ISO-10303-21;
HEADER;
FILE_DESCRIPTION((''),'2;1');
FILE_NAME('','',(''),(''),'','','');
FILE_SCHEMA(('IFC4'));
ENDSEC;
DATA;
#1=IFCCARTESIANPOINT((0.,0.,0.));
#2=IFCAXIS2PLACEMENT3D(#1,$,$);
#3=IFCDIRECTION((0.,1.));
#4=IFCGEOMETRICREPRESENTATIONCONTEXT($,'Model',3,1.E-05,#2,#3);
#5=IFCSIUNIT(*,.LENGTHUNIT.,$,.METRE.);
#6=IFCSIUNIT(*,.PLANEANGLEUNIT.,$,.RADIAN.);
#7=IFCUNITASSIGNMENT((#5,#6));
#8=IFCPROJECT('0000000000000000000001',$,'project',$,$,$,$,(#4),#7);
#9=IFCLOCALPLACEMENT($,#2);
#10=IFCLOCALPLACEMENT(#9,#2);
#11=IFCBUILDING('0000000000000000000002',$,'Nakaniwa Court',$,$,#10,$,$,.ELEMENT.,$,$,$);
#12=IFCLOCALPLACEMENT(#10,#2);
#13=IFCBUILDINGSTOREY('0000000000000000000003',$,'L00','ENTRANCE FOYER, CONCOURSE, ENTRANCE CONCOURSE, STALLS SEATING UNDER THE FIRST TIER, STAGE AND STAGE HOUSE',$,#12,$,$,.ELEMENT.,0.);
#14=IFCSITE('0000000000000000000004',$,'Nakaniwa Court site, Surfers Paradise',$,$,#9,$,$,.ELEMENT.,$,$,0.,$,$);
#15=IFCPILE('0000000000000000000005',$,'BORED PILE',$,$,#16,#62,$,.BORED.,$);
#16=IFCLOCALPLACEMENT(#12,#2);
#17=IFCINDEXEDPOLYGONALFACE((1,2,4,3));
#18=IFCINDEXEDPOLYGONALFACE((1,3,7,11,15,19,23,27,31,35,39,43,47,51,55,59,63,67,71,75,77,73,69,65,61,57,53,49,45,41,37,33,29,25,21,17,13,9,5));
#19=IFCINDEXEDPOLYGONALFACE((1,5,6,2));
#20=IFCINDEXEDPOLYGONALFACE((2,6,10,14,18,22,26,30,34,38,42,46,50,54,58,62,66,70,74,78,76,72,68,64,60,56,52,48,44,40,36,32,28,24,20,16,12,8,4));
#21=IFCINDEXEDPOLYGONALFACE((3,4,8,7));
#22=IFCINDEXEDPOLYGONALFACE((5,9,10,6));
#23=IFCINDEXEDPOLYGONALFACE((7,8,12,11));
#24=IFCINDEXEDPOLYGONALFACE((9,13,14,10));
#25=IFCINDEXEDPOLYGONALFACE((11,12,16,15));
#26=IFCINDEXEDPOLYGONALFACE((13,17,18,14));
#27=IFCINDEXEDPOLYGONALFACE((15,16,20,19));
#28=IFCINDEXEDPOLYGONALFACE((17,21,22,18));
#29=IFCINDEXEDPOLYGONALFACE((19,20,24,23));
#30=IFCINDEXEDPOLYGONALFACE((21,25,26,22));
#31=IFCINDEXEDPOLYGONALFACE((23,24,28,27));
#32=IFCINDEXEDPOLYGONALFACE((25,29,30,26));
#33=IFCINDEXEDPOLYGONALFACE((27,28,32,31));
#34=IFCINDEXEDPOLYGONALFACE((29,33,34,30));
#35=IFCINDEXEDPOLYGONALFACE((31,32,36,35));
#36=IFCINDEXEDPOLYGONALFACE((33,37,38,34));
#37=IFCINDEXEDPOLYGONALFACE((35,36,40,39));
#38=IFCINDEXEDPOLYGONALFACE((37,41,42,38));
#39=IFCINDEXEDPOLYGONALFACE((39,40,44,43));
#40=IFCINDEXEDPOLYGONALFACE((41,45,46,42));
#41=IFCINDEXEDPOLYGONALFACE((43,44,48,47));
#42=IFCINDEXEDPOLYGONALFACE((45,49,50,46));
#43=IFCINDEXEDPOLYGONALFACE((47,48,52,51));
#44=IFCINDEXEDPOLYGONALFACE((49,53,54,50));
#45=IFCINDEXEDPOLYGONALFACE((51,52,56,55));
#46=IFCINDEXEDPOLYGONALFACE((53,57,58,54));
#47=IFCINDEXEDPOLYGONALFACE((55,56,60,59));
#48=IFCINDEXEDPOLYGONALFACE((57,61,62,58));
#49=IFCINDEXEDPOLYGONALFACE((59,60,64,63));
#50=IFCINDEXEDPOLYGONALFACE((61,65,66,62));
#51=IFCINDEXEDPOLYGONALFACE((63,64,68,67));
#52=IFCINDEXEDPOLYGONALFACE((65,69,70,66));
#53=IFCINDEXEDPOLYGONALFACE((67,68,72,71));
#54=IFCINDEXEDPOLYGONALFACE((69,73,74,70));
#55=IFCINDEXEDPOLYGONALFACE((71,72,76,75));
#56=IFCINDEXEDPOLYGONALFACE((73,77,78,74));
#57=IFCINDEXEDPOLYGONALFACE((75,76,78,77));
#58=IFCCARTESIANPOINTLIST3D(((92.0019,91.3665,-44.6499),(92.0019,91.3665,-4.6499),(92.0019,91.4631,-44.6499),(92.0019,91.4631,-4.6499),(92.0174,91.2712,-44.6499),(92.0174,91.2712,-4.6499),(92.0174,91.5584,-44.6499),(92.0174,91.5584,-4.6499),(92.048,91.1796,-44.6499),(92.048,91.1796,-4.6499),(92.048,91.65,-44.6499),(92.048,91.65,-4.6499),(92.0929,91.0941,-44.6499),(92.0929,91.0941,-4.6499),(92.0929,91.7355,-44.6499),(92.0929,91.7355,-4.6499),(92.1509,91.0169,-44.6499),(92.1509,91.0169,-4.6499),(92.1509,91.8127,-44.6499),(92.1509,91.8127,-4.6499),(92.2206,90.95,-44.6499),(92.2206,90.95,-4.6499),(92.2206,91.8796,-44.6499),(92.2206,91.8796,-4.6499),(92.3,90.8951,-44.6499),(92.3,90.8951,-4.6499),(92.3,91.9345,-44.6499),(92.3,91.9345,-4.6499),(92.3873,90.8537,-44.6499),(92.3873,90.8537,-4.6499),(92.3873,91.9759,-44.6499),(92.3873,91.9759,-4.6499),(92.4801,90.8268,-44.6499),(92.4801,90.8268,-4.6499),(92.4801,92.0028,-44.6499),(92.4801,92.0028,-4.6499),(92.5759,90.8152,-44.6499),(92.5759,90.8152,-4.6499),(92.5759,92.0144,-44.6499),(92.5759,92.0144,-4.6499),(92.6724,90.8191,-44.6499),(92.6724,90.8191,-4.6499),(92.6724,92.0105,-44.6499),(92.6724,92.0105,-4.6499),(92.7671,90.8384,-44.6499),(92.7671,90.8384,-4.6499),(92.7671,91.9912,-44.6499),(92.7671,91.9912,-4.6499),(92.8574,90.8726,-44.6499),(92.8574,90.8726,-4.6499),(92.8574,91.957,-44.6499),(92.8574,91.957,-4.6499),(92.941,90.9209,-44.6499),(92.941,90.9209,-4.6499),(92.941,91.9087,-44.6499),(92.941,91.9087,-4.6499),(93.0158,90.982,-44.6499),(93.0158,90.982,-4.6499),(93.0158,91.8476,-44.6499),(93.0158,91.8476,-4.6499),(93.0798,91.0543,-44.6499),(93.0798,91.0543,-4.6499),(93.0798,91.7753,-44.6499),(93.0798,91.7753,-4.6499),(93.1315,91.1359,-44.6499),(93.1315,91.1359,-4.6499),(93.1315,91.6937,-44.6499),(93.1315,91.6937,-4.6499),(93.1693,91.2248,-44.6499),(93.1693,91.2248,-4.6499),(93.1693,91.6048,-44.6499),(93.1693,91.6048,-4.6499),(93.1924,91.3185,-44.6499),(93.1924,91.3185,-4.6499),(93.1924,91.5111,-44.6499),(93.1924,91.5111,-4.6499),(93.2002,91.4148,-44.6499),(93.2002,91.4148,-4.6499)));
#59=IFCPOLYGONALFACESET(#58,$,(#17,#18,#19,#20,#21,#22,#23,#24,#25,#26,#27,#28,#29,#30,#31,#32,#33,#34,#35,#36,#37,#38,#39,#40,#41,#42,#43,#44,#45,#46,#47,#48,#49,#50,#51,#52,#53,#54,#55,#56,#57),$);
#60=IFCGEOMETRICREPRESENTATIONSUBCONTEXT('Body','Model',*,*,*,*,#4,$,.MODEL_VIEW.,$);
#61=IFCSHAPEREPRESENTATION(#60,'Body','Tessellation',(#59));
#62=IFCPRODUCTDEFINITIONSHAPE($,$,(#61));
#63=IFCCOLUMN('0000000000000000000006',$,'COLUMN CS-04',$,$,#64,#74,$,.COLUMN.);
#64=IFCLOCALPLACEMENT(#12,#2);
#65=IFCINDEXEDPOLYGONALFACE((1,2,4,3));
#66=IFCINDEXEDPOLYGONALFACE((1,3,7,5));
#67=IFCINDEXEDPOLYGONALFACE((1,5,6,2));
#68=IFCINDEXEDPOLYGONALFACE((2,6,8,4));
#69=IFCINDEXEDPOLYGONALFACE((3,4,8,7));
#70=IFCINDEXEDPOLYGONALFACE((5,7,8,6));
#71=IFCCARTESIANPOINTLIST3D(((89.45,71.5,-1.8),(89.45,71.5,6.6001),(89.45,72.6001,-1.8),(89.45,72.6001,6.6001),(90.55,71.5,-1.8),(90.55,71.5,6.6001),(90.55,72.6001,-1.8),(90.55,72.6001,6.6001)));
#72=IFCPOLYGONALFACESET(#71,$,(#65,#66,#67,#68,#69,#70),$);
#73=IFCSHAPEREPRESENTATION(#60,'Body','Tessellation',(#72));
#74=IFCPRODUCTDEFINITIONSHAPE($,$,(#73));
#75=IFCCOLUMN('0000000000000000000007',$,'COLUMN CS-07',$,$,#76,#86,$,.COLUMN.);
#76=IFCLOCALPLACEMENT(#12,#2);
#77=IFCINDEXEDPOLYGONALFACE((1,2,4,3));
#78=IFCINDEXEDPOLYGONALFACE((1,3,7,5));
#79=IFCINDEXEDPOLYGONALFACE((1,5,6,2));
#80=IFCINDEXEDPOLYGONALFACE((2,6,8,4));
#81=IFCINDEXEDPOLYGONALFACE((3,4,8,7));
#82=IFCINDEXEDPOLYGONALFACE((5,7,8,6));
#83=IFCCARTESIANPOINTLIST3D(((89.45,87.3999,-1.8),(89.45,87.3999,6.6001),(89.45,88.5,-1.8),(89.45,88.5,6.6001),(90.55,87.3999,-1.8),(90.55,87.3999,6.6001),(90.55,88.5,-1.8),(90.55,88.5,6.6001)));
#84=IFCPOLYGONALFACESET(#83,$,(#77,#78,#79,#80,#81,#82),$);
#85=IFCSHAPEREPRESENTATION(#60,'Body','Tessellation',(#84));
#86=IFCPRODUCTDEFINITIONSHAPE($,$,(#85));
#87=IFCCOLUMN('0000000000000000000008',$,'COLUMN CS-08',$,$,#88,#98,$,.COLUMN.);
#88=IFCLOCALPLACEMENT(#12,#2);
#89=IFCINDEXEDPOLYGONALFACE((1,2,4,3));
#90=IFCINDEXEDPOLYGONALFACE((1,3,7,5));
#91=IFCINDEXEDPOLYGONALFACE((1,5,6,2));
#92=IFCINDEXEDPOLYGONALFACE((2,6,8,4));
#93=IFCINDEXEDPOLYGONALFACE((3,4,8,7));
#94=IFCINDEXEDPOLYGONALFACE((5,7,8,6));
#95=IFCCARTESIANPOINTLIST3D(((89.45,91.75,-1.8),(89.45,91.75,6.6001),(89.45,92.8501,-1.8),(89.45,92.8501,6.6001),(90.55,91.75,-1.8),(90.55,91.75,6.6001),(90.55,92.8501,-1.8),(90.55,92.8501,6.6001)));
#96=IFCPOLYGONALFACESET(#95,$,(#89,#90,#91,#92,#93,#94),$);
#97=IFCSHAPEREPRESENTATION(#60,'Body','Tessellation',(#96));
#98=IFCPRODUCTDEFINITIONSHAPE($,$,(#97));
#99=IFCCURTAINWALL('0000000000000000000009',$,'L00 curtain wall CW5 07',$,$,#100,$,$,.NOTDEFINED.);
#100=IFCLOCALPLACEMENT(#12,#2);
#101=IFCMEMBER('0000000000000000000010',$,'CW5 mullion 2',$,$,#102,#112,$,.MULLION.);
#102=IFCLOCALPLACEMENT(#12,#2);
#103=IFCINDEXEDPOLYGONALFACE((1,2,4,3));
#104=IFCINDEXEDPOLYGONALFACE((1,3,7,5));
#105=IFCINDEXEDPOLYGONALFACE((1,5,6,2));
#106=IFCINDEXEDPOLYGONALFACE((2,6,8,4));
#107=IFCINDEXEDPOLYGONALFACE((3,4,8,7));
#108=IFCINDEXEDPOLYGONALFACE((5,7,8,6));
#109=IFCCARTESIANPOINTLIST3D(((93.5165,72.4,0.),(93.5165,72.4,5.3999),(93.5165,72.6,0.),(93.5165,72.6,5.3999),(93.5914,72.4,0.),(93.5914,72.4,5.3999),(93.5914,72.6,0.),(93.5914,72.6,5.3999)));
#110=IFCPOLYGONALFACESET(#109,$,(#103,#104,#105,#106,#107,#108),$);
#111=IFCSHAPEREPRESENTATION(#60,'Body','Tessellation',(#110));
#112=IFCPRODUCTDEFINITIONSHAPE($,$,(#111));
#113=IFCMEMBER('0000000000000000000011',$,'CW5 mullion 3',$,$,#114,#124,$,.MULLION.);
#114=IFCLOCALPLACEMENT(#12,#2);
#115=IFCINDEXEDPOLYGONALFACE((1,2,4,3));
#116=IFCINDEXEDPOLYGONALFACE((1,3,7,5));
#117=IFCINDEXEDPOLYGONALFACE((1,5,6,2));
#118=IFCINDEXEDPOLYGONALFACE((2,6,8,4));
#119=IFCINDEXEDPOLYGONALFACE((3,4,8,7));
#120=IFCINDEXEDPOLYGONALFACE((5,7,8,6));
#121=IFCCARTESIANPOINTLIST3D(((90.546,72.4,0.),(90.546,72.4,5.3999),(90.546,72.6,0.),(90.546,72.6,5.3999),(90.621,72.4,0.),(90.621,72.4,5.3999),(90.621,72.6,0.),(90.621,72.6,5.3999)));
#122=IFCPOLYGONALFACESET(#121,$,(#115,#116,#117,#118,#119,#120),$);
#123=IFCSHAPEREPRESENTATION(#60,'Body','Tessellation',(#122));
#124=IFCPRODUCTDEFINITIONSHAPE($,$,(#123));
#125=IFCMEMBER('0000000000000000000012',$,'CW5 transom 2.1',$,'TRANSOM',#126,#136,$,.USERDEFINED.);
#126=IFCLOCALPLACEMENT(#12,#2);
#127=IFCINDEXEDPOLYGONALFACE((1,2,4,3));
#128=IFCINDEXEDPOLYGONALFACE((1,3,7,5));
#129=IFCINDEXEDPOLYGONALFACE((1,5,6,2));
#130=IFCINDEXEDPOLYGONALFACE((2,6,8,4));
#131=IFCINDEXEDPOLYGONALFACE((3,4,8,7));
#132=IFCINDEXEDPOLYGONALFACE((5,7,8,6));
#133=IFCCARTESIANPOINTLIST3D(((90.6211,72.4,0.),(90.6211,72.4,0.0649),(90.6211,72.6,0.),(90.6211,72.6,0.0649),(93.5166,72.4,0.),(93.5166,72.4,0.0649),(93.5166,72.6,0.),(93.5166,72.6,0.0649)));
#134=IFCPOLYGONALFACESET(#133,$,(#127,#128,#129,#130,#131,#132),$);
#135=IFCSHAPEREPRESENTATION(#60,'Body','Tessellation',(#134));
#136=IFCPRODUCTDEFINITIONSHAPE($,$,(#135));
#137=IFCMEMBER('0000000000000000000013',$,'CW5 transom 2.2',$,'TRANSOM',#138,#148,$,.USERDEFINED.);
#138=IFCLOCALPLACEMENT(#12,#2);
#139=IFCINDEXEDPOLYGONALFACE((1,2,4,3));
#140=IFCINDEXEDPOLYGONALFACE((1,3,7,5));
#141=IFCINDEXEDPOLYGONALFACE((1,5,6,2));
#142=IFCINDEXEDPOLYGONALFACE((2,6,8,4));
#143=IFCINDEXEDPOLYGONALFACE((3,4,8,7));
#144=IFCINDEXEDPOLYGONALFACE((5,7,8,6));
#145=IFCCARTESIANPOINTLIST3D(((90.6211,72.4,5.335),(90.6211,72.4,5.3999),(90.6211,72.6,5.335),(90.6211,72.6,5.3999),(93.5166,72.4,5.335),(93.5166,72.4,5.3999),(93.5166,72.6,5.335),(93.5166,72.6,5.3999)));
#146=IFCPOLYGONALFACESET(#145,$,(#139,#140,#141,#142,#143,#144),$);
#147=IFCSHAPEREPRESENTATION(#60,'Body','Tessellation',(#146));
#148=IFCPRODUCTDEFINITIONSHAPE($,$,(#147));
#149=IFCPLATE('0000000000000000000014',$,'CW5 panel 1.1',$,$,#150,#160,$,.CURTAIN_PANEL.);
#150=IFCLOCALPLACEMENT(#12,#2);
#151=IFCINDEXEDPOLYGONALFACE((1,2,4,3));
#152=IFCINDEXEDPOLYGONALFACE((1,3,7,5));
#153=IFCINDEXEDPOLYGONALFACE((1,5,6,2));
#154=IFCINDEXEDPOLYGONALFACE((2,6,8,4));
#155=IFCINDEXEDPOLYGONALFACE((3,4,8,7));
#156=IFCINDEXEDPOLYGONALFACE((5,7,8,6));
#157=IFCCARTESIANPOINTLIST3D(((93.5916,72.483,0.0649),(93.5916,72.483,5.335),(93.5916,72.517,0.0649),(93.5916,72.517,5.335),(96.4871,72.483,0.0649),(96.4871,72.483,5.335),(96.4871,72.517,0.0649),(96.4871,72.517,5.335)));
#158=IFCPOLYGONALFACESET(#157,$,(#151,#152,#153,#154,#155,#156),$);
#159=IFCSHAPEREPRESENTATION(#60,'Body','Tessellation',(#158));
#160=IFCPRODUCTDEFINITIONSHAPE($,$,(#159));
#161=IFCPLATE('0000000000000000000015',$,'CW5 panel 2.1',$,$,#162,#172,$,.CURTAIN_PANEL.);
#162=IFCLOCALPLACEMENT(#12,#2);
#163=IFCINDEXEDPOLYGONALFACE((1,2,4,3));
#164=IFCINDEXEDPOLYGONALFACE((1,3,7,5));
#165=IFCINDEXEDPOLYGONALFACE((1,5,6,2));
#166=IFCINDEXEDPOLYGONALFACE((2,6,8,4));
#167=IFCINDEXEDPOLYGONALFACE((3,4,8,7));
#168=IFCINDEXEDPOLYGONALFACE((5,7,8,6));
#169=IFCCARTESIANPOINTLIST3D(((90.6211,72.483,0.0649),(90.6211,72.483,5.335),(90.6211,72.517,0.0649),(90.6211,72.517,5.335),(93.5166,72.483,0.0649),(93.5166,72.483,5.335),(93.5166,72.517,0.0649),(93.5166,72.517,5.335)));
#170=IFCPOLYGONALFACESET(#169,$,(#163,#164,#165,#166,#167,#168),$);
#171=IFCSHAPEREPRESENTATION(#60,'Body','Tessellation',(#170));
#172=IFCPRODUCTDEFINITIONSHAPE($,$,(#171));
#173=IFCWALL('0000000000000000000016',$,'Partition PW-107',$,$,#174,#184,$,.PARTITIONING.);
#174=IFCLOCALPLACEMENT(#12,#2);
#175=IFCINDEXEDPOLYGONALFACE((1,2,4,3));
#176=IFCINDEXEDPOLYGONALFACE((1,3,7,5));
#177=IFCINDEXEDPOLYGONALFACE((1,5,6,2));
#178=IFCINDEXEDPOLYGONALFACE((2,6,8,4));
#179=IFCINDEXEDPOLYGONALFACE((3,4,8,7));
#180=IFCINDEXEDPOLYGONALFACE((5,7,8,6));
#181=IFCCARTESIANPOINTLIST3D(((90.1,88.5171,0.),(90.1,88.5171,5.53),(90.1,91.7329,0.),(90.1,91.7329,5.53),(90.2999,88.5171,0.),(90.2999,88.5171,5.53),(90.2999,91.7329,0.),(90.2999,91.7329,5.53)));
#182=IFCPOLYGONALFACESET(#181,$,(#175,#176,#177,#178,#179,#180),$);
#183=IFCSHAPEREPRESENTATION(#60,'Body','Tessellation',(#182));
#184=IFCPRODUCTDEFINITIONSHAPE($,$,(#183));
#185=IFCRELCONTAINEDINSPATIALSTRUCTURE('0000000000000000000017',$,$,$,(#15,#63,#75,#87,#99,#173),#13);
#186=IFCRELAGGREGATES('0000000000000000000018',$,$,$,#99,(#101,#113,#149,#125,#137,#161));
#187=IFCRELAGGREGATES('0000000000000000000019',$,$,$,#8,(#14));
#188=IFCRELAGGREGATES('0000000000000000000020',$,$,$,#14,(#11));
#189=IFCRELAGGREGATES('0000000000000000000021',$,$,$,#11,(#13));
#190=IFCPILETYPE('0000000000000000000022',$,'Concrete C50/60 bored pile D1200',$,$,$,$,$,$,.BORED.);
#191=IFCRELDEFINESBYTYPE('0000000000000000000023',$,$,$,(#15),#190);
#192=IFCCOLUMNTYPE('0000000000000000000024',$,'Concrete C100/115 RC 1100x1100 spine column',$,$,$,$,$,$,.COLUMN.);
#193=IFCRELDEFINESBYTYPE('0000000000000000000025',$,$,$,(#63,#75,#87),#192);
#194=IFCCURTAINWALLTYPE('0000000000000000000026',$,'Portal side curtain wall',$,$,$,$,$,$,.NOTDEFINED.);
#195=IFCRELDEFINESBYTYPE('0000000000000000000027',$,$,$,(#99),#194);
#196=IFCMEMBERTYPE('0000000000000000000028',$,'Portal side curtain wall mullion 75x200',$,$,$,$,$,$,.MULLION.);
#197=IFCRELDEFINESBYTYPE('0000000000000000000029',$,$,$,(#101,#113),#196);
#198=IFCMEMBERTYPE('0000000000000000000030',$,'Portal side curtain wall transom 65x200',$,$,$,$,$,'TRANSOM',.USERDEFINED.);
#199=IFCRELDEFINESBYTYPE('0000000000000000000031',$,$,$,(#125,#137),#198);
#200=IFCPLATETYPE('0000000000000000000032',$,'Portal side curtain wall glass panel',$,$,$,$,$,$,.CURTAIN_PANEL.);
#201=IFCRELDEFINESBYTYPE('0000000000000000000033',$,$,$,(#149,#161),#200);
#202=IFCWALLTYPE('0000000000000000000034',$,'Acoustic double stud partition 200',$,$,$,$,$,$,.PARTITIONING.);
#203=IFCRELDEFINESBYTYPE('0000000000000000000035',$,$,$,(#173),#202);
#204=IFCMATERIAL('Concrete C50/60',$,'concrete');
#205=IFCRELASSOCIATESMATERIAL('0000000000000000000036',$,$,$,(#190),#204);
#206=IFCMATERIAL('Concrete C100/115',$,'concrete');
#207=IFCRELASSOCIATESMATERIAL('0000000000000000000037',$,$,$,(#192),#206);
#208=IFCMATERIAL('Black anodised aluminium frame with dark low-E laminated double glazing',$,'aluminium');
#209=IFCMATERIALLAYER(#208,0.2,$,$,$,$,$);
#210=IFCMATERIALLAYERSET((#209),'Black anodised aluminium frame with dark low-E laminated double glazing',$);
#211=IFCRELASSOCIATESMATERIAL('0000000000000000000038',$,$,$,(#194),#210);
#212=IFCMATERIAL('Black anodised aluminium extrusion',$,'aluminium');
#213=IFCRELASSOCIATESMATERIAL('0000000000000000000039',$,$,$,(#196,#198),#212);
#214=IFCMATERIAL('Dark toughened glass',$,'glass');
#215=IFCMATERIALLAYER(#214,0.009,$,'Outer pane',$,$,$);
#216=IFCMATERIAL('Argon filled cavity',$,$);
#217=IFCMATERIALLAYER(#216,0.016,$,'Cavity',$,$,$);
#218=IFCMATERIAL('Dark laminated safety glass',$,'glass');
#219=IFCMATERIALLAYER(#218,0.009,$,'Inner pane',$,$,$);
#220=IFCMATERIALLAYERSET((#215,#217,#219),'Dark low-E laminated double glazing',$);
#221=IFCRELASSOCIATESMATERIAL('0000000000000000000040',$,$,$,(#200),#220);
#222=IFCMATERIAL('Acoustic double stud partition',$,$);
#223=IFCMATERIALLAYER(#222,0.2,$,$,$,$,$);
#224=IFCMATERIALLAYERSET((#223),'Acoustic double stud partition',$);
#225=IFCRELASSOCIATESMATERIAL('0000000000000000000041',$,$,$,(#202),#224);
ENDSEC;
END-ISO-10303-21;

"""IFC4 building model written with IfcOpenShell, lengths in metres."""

from ifc_helpers import new_model, si_unit, direction, frame, frame_2d, origin, origin_2d, place, context, subcontext, project, spatial, rectangle, circle, extrude, material, layer, layer_set, material_profile, profile_set, type_object, element, aggregate, save


model = new_model("IFC4")

# Units and contexts
model_context = context("Model", 3, precision=1e-05, world=origin(), true_north=direction((0.0, 1.0)))
body_context = subcontext(model_context, "Body", "Model", "MODEL_VIEW")
ifc_project = project(units=[si_unit("LENGTHUNIT", "METRE"), si_unit("PLANEANGLEUNIT", "RADIAN")], contexts=[model_context])

# Site, building, storey
site_placement = place(None, origin())
site = spatial("IfcSite", under=ifc_project, at=site_placement, Name="Nakaniwa Court site, Surfers Paradise", CompositionType="ELEMENT", RefElevation=0.0)
building_placement = place(site_placement, origin())
building = spatial("IfcBuilding", under=site, at=building_placement, Name="Nakaniwa Court", CompositionType="ELEMENT")
storey_placement = place(building_placement, origin())
storey = spatial("IfcBuildingStorey", under=building, at=storey_placement, Name="L00", Description="ENTRANCE FOYER, CONCOURSE, ENTRANCE CONCOURSE, STALLS SEATING UNDER THE FIRST TIER, STAGE AND STAGE HOUSE", CompositionType="ELEMENT", Elevation=0.0)

# Pile
ifc_material_1 = material(Name="Concrete C50/60", Category="concrete")
ifc_material_profile_1 = material_profile(ifc_material_1, circle(Radius=0.6001, at=origin_2d()), Name="Concrete C50/60 bored pile D1200")
ifc_profile_set_1 = profile_set([ifc_material_profile_1], Name="Concrete C50/60")
pile_type = type_object("IfcPileType", Name="Concrete C50/60 bored pile D1200", PredefinedType="BORED", material=ifc_profile_set_1)
for number, where, z_axis, x_axis, name in (
    (1, (92.6001, 91.4148, -4.6499), (0.0, 0.0, -1.0), (1.0, 0.0, 0.0), "BORED PILE"),
):
    element("IfcPile", number, at=place(storey_placement, frame(where, z_axis=z_axis, x_axis=x_axis)), inside=storey, type_object=pile_type, Name=name, PredefinedType="BORED", context=body_context, shape_type="SweptSolid", body=[
        extrude(circle(Radius=0.6001, at=origin_2d()), origin(), (0.0, 0.0, 1.0), 40.0),
    ])

# Columns
ifc_material_2 = material(Name="Concrete C100/115", Category="concrete")
ifc_material_profile_2 = material_profile(ifc_material_2, rectangle(XDim=1.1001, YDim=1.1001, at=origin_2d()), Name="Concrete C100/115 RC 1100x1100 spine column")
ifc_profile_set_2 = profile_set([ifc_material_profile_2], Name="Concrete C100/115")
column_type = type_object("IfcColumnType", Name="Concrete C100/115 RC 1100x1100 spine column", PredefinedType="COLUMN", material=ifc_profile_set_2)
for number, where, z_axis, x_axis, name in (
    (2, (90.0, 72.05, -1.8), (0.0, 0.0, 1.0), (0.0, 1.0, 0.0), "COLUMN CS-04"),
    (3, (90.0, 87.95, -1.8), (0.0, 0.0, 1.0), (0.0, 1.0, 0.0), "COLUMN CS-07"),
    (4, (90.0, 92.3, -1.8), (0.0, 0.0, 1.0), (0.0, 1.0, 0.0), "COLUMN CS-08"),
):
    element("IfcColumn", number, at=place(storey_placement, frame(where, z_axis=z_axis, x_axis=x_axis)), inside=storey, type_object=column_type, Name=name, PredefinedType="COLUMN", context=body_context, shape_type="SweptSolid", body=[
        extrude(rectangle(XDim=1.1001, YDim=1.1001, at=origin_2d()), origin(), (0.0, 0.0, 1.0), 8.4001),
    ])

# Curtain wall, members, plates
ifc_material_3 = material(Name="Black anodised aluminium frame with dark low-E laminated double glazing", Category="aluminium")
ifc_layer_1 = layer(ifc_material_3, 0.2)
ifc_layer_set_1 = layer_set([ifc_layer_1], Name="Black anodised aluminium frame with dark low-E laminated double glazing")
curtain_wall_type = type_object("IfcCurtainWallType", Name="Portal side curtain wall", PredefinedType="NOTDEFINED", material=ifc_layer_set_1)
curtain_wall_placement = place(storey_placement, origin())
curtain_wall = element("IfcCurtainWall", 5, at=curtain_wall_placement, inside=storey, type_object=curtain_wall_type, Name="L00 curtain wall CW5 07", PredefinedType="NOTDEFINED")
ifc_material_4 = material(Name="Black anodised aluminium extrusion", Category="aluminium")
ifc_material_profile_3 = material_profile(ifc_material_4, rectangle(XDim=0.2, YDim=0.075, at=origin_2d()), Name="Portal side curtain wall mullion 75x200")
ifc_profile_set_3 = profile_set([ifc_material_profile_3], Name="Black anodised aluminium extrusion")
member_type_1 = type_object("IfcMemberType", Name="Portal side curtain wall mullion 75x200", PredefinedType="MULLION", material=ifc_profile_set_3)
member_1_placement = place(storey_placement, frame((93.554, 72.5, 0.0), z_axis=(0.0, 0.0, 1.0), x_axis=(0.0, -1.0, 0.0)))
member_1 = element("IfcMember", 6, at=member_1_placement, type_object=member_type_1, Name="CW5 mullion 2", PredefinedType="MULLION", context=body_context, shape_type="SweptSolid", body=[
    extrude(rectangle(XDim=0.2, YDim=0.075, at=origin_2d()), origin(), (0.0, 0.0, 1.0), 5.3999),
])
member_2_placement = place(storey_placement, frame((90.5835, 72.5, 0.0), z_axis=(0.0, 0.0, 1.0), x_axis=(0.0, -1.0, 0.0)))
member_2 = element("IfcMember", 7, at=member_2_placement, type_object=member_type_1, Name="CW5 mullion 3", PredefinedType="MULLION", context=body_context, shape_type="SweptSolid", body=[
    extrude(rectangle(XDim=0.2, YDim=0.075, at=origin_2d()), origin(), (0.0, 0.0, 1.0), 5.3999),
])
ifc_material_profile_4 = material_profile(ifc_material_4, rectangle(XDim=0.2, YDim=0.0649, at=origin_2d()), Name="Portal side curtain wall transom 65x200")
ifc_profile_set_4 = profile_set([ifc_material_profile_4], Name="Black anodised aluminium extrusion")
member_type_2 = type_object("IfcMemberType", Name="Portal side curtain wall transom 65x200", ElementType="TRANSOM", PredefinedType="USERDEFINED", material=ifc_profile_set_4)
member_3_placement = place(storey_placement, frame((93.5166, 72.5, 0.0325), z_axis=(-1.0, 0.0, 0.0), x_axis=(0.0, -1.0, 0.0)))
member_3 = element("IfcMember", 8, at=member_3_placement, type_object=member_type_2, Name="CW5 transom 2.1", ObjectType="TRANSOM", PredefinedType="USERDEFINED", context=body_context, shape_type="SweptSolid", body=[
    extrude(rectangle(XDim=0.2, YDim=0.0649, at=origin_2d()), origin(), (0.0, 0.0, 1.0), 2.8955),
])
member_4_placement = place(storey_placement, frame((93.5166, 72.5, 5.3674), z_axis=(-1.0, 0.0, 0.0), x_axis=(0.0, -1.0, 0.0)))
member_4 = element("IfcMember", 9, at=member_4_placement, type_object=member_type_2, Name="CW5 transom 2.2", ObjectType="TRANSOM", PredefinedType="USERDEFINED", context=body_context, shape_type="SweptSolid", body=[
    extrude(rectangle(XDim=0.2, YDim=0.0649, at=origin_2d()), origin(), (0.0, 0.0, 1.0), 2.8955),
])
ifc_material_5 = material(Name="Dark toughened glass", Category="glass")
ifc_layer_2 = layer(ifc_material_5, 0.009, Name="Outer pane")
ifc_material_6 = material(Name="Argon filled cavity")
ifc_layer_3 = layer(ifc_material_6, 0.016, Name="Cavity")
ifc_material_7 = material(Name="Dark laminated safety glass", Category="glass")
ifc_layer_4 = layer(ifc_material_7, 0.009, Name="Inner pane")
ifc_layer_set_2 = layer_set([ifc_layer_2, ifc_layer_3, ifc_layer_4], Name="Dark low-E laminated double glazing")
plate_type = type_object("IfcPlateType", Name="Portal side curtain wall glass panel", PredefinedType="CURTAIN_PANEL", material=ifc_layer_set_2)
plate_1_placement = place(storey_placement, frame((95.0393, 72.5, 0.0649), z_axis=(0.0, 0.0, 1.0), x_axis=(-1.0, 0.0, 0.0)))
plate_1 = element("IfcPlate", 10, at=plate_1_placement, type_object=plate_type, Name="CW5 panel 1.1", PredefinedType="CURTAIN_PANEL", context=body_context, shape_type="SweptSolid", body=[
    extrude(rectangle(XDim=2.8955, YDim=0.0339, at=origin_2d()), origin(), (0.0, 0.0, 1.0), 5.27),
])
plate_2_placement = place(storey_placement, frame((92.0688, 72.5, 0.0649), z_axis=(0.0, 0.0, 1.0), x_axis=(-1.0, 0.0, 0.0)))
plate_2 = element("IfcPlate", 11, at=plate_2_placement, type_object=plate_type, Name="CW5 panel 2.1", PredefinedType="CURTAIN_PANEL", context=body_context, shape_type="SweptSolid", body=[
    extrude(rectangle(XDim=2.8955, YDim=0.0339, at=origin_2d()), origin(), (0.0, 0.0, 1.0), 5.27),
])
aggregate(curtain_wall, [member_1, member_2, plate_1, member_3, member_4, plate_2])

# Wall
ifc_material_8 = material(Name="Acoustic double stud partition")
ifc_layer_5 = layer(ifc_material_8, 0.2)
ifc_layer_set_3 = layer_set([ifc_layer_5], Name="Acoustic double stud partition")
wall_type_1 = type_object("IfcWallType", Name="Acoustic double stud partition 200", PredefinedType="PARTITIONING", material=ifc_layer_set_3)
wall_1_placement = place(storey_placement, frame((90.2, 88.5171, 0.0), z_axis=(0.0, 0.0, 1.0), x_axis=(0.0, 1.0, 0.0)))
element("IfcWall", 12, at=wall_1_placement, inside=storey, type_object=wall_type_1, Name="Partition PW-107", PredefinedType="PARTITIONING", context=body_context, shape_type="SweptSolid", body=[
    extrude(rectangle(XDim=3.2158, YDim=0.2, at=frame_2d((1.6079, 0.0))), origin(), (0.0, 0.0, 1.0), 5.53),
])

save(model, "model.ifc")
